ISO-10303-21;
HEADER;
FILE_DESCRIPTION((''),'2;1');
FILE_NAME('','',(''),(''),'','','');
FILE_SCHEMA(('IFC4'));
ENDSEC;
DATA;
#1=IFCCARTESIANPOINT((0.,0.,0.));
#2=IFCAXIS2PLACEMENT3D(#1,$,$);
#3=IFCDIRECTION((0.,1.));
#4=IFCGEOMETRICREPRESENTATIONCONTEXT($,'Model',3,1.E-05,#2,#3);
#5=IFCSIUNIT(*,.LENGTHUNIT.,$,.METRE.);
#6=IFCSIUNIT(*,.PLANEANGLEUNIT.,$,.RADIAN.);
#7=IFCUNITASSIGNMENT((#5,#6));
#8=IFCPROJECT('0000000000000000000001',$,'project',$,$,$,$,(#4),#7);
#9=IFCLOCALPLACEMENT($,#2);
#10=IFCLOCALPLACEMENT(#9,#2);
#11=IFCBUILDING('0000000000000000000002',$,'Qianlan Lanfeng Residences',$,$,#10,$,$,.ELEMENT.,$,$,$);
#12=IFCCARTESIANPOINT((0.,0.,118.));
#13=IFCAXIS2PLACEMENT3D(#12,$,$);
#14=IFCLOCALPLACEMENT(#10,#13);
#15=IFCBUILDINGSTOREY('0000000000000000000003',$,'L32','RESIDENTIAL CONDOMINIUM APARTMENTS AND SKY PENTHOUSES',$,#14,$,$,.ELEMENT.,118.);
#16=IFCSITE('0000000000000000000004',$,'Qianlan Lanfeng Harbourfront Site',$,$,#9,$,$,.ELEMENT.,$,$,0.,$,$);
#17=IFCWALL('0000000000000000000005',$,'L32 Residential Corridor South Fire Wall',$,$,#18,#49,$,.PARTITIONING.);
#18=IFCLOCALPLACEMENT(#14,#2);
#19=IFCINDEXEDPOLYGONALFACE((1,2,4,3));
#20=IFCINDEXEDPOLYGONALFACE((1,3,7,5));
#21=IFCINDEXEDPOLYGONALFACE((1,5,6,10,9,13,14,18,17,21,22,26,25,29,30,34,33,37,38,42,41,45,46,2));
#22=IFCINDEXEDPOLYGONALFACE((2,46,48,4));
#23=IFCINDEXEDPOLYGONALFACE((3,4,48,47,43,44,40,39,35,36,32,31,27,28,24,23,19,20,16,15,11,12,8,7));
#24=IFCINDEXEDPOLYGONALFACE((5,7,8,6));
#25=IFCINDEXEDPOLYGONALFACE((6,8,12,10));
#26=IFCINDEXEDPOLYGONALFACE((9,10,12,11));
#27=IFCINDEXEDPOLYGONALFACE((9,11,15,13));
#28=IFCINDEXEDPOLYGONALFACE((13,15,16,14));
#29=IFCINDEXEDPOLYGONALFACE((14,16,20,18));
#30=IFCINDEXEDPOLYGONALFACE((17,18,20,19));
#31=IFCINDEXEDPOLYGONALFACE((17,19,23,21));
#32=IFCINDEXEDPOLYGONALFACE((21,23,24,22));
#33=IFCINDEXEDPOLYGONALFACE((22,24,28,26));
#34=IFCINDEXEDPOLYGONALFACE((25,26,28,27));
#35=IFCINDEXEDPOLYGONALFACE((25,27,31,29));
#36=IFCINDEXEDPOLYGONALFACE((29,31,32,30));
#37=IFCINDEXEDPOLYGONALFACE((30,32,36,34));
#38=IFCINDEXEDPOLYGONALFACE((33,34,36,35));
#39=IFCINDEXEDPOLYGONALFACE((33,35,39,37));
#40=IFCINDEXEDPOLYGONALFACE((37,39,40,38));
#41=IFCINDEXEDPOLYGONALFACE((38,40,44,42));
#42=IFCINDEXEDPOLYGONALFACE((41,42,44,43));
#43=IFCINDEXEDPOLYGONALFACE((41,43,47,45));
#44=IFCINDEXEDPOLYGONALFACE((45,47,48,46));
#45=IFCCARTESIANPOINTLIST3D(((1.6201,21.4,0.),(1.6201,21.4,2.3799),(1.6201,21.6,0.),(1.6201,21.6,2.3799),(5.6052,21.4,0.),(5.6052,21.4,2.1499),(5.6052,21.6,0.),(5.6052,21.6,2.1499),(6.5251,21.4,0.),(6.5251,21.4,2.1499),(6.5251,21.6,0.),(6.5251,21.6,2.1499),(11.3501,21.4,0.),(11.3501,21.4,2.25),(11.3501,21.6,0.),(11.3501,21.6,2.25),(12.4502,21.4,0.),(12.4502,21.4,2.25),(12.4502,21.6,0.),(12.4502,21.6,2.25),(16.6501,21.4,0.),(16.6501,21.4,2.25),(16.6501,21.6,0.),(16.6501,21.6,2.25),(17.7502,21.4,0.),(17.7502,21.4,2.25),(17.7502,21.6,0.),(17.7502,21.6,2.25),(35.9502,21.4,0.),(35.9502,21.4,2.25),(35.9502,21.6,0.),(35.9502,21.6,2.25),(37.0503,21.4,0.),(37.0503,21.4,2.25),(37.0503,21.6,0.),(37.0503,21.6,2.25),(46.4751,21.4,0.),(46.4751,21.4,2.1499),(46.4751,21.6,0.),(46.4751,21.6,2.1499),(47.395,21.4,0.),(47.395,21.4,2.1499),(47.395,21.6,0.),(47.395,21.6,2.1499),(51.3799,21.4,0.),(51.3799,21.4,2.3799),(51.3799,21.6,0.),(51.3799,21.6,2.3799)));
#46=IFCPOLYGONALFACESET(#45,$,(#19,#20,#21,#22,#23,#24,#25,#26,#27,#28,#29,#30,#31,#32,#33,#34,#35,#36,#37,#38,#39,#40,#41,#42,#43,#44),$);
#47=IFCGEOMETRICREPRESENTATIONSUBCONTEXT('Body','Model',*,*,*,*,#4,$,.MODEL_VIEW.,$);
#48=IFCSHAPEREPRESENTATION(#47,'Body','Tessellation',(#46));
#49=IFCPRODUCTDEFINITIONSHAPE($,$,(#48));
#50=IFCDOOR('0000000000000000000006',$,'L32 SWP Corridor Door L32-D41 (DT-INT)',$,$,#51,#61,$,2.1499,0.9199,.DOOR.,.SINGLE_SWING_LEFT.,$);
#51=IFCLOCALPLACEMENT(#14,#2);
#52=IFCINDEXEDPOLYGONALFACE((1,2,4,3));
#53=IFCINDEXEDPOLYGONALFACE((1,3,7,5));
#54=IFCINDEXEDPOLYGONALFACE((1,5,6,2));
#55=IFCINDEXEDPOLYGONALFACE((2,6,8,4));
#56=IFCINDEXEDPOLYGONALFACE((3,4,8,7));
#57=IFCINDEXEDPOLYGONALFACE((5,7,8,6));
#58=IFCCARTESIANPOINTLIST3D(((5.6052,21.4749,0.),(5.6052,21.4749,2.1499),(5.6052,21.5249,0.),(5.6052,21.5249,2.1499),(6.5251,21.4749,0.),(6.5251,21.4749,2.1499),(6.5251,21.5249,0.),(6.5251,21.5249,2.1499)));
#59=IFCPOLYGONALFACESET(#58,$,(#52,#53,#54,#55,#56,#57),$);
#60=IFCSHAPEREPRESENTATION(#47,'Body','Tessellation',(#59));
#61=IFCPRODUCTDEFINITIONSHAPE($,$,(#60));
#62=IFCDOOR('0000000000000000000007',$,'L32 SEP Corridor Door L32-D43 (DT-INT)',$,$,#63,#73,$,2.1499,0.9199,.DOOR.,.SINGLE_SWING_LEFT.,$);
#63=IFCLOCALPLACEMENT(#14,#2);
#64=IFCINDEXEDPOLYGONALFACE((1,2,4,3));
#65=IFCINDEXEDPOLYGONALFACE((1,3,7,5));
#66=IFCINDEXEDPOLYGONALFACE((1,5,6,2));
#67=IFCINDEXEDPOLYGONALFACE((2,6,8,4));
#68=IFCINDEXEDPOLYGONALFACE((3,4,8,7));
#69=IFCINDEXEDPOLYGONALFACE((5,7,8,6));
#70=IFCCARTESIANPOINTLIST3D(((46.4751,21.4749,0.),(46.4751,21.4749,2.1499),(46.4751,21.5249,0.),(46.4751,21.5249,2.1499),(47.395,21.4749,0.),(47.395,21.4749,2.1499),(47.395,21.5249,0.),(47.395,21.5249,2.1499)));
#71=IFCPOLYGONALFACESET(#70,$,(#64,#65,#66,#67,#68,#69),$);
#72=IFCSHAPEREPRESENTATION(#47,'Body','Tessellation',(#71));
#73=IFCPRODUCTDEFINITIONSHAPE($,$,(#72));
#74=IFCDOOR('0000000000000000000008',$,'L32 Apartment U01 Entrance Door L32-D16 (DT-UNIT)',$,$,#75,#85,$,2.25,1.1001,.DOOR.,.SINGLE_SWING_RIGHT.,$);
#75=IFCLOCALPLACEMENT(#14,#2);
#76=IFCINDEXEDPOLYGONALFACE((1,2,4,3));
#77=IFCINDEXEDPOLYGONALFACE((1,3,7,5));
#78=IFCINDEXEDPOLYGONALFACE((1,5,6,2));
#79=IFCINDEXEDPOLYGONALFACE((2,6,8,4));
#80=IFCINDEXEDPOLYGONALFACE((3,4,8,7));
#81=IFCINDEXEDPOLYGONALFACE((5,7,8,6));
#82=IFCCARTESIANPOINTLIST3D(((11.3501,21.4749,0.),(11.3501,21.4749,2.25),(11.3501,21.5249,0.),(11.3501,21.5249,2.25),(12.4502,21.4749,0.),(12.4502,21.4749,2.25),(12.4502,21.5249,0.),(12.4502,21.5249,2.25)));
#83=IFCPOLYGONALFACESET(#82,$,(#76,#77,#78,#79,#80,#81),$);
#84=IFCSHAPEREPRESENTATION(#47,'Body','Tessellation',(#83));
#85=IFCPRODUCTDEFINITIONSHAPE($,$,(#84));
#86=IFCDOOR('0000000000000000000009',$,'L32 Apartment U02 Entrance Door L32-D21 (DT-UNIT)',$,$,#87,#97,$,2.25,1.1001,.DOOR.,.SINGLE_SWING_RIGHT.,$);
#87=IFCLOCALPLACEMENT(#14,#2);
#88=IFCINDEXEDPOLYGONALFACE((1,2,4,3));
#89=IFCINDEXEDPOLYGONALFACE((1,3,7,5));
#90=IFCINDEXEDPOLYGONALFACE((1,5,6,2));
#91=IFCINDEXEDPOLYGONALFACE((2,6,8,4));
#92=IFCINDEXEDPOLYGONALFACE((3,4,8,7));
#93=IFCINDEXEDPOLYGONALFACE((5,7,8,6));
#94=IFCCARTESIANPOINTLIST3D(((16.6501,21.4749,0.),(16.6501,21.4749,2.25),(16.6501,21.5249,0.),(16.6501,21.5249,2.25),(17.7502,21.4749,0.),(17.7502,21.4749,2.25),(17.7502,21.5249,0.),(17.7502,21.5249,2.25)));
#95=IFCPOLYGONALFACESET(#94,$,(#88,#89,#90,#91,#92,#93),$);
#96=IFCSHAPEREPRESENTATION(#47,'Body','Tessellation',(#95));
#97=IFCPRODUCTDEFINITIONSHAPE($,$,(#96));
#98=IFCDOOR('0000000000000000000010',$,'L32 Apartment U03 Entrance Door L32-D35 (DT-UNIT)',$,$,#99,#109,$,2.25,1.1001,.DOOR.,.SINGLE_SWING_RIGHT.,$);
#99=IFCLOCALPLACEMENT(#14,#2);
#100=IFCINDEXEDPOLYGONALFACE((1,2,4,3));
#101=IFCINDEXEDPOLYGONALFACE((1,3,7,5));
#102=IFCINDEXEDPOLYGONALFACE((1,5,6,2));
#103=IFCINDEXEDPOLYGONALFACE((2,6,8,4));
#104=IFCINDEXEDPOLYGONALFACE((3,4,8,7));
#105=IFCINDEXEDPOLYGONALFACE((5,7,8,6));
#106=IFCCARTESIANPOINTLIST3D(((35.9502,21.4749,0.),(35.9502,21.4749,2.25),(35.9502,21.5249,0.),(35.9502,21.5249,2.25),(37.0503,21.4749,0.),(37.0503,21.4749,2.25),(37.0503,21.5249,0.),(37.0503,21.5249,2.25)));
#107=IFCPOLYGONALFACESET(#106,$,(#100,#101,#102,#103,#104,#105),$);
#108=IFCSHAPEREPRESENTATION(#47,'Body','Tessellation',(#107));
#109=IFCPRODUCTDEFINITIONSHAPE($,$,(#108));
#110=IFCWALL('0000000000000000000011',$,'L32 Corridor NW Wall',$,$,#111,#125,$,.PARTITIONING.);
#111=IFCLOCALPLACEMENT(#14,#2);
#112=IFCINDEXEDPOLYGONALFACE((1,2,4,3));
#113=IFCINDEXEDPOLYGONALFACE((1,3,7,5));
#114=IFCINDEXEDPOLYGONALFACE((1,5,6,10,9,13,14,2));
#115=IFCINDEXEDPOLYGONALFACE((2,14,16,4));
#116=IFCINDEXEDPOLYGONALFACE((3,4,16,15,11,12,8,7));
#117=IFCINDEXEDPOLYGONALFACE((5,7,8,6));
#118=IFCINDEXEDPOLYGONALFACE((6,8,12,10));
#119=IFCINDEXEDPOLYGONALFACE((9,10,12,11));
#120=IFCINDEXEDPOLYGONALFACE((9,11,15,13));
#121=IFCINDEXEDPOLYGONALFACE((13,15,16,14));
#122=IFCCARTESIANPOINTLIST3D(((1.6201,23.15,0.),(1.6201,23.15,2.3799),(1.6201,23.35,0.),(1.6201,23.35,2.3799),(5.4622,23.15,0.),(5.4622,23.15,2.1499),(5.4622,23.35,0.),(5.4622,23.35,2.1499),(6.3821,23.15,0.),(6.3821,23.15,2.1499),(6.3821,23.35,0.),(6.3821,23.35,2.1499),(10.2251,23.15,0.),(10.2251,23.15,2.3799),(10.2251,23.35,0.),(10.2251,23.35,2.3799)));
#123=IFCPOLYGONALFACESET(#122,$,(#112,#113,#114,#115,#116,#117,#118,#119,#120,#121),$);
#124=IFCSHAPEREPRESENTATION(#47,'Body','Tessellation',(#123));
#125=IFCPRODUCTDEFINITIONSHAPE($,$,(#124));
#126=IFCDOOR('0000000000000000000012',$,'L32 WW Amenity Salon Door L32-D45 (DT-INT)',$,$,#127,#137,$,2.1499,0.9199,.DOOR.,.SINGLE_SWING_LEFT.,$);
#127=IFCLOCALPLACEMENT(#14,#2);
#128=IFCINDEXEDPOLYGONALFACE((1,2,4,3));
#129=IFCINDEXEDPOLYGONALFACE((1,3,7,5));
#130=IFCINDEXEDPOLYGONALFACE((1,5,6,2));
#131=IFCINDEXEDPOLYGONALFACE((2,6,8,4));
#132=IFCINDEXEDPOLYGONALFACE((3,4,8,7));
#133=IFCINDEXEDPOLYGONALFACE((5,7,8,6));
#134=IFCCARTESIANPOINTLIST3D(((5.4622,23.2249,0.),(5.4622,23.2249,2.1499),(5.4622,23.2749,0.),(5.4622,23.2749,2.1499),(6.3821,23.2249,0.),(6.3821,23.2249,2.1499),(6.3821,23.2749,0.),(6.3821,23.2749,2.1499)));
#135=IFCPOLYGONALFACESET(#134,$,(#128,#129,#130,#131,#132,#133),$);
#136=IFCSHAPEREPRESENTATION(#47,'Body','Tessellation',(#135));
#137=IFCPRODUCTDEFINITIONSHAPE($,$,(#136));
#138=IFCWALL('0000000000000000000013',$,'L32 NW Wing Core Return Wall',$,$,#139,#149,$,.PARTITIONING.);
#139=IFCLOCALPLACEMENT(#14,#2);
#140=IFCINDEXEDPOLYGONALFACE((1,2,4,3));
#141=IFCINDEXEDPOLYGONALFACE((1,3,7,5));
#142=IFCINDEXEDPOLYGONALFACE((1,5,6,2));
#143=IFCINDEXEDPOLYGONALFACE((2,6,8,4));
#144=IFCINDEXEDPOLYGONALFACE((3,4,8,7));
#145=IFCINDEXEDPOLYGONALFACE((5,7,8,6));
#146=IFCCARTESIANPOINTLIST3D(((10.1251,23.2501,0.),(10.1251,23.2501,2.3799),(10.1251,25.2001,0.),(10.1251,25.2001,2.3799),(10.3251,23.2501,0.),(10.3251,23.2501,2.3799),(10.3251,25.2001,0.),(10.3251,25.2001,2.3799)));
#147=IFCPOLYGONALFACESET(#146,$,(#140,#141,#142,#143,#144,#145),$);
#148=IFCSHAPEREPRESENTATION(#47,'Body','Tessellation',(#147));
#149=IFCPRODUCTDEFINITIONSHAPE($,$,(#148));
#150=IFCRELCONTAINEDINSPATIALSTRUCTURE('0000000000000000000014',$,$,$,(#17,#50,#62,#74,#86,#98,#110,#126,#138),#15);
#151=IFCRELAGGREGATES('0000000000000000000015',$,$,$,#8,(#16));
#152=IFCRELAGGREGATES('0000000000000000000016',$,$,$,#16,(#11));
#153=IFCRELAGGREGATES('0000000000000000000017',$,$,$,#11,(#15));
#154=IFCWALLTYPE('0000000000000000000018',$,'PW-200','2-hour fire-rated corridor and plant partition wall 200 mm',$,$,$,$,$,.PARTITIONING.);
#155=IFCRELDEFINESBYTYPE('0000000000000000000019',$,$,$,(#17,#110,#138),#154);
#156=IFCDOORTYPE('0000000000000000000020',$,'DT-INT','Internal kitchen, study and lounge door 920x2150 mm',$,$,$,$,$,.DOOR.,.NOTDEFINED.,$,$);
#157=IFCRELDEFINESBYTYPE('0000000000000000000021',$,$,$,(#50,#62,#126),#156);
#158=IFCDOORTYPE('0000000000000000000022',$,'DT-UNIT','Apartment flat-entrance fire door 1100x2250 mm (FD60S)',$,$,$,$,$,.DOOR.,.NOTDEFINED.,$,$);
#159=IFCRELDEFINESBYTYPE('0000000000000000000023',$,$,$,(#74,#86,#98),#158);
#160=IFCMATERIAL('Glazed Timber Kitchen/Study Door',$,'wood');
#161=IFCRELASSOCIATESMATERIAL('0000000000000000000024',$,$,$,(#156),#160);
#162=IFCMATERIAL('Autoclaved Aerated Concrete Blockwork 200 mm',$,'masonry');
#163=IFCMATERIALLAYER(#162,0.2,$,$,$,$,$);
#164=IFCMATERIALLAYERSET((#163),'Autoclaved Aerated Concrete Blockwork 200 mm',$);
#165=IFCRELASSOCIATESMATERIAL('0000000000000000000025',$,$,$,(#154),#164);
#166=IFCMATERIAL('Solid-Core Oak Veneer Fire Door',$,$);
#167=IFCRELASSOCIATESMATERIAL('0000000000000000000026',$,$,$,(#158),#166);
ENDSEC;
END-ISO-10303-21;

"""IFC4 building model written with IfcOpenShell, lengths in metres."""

from ifc_helpers import new_model, si_unit, direction, frame, frame_2d, origin, place, context, subcontext, project, spatial, rectangle, extrude, material, layer, layer_set, type_object, element, fill, save


model = new_model("IFC4")

# Units and contexts
model_context = context("Model", 3, precision=1e-05, world=origin(), true_north=direction((0.0, 1.0)))
body_context = subcontext(model_context, "Body", "Model", "MODEL_VIEW")
ifc_project = project(units=[si_unit("LENGTHUNIT", "METRE"), si_unit("PLANEANGLEUNIT", "RADIAN")], contexts=[model_context])

# Site, building, storey
site_placement = place(None, origin())
site = spatial("IfcSite", under=ifc_project, at=site_placement, Name="Qianlan Lanfeng Harbourfront Site", CompositionType="ELEMENT", RefElevation=0.0)
building_placement = place(site_placement, origin())
building = spatial("IfcBuilding", under=site, at=building_placement, Name="Qianlan Lanfeng Residences", CompositionType="ELEMENT")
storey_placement = place(building_placement, frame((0.0, 0.0, 118.0)))
storey = spatial("IfcBuildingStorey", under=building, at=storey_placement, Name="L32", Description="RESIDENTIAL CONDOMINIUM APARTMENTS AND SKY PENTHOUSES", CompositionType="ELEMENT", Elevation=118.0)

# Shared definitions
ifc_material_1 = material(Name="Glazed Timber Kitchen/Study Door", Category="wood")
door_type_1 = type_object("IfcDoorType", Name="DT-INT", Description="Internal kitchen, study and lounge door 920x2150 mm", OperationType="NOTDEFINED", PredefinedType="DOOR", material=ifc_material_1)

# Wall, openings, doors
ifc_material_2 = material(Name="Autoclaved Aerated Concrete Blockwork 200 mm", Category="masonry")
ifc_layer_1 = layer(ifc_material_2, 0.2)
ifc_layer_set_1 = layer_set([ifc_layer_1], Name="Autoclaved Aerated Concrete Blockwork 200 mm")
wall_type_1 = type_object("IfcWallType", Name="PW-200", Description="2-hour fire-rated corridor and plant partition wall 200 mm", PredefinedType="PARTITIONING", material=ifc_layer_set_1)
wall_1_placement = place(storey_placement, frame((1.6201, 21.5, 0.0), z_axis=(0.0, 0.0, 1.0), x_axis=(1.0, 0.0, 0.0)))
wall_1 = element("IfcWall", 1, at=wall_1_placement, inside=storey, type_object=wall_type_1, Name="L32 Residential Corridor South Fire Wall", PredefinedType="PARTITIONING", context=body_context, shape_type="SweptSolid", body=[
    extrude(rectangle(XDim=49.7598, YDim=0.2, at=frame_2d((24.8799, 0.0))), origin(), (0.0, 0.0, 1.0), 2.3799),
])
opening_1_placement = place(wall_1_placement, frame((9.73, 0.0, 0.0)))
opening_1 = element("IfcOpeningElement", 2, at=opening_1_placement, cuts=wall_1, PredefinedType="OPENING", context=body_context, shape_type="SweptSolid", body=[
    extrude(rectangle(XDim=1.1001, YDim=2.25, at=frame_2d((0.55, 1.125))), frame((0.0, 0.1099, 0.0), z_axis=(0.0, -1.0, 0.0), x_axis=(1.0, 0.0, 0.0)), (0.0, 0.0, 1.0), 0.22),
])
opening_2_placement = place(wall_1_placement, frame((15.03, 0.0, 0.0)))
opening_2 = element("IfcOpeningElement", 3, at=opening_2_placement, cuts=wall_1, PredefinedType="OPENING", context=body_context, shape_type="SweptSolid", body=[
    extrude(rectangle(XDim=1.1001, YDim=2.25, at=frame_2d((0.55, 1.125))), frame((0.0, 0.1099, 0.0), z_axis=(0.0, -1.0, 0.0), x_axis=(1.0, 0.0, 0.0)), (0.0, 0.0, 1.0), 0.22),
])
opening_3_placement = place(wall_1_placement, frame((34.3301, 0.0, 0.0)))
opening_3 = element("IfcOpeningElement", 4, at=opening_3_placement, cuts=wall_1, PredefinedType="OPENING", context=body_context, shape_type="SweptSolid", body=[
    extrude(rectangle(XDim=1.1001, YDim=2.25, at=frame_2d((0.55, 1.125))), frame((0.0, 0.1099, 0.0), z_axis=(0.0, -1.0, 0.0), x_axis=(1.0, 0.0, 0.0)), (0.0, 0.0, 1.0), 0.22),
])
opening_4_placement = place(wall_1_placement, frame((3.9851, 0.0, 0.0)))
opening_4 = element("IfcOpeningElement", 5, at=opening_4_placement, cuts=wall_1, PredefinedType="OPENING", context=body_context, shape_type="SweptSolid", body=[
    extrude(rectangle(XDim=0.9199, YDim=2.1499, at=frame_2d((0.46, 1.075))), frame((0.0, 0.1099, 0.0), z_axis=(0.0, -1.0, 0.0), x_axis=(1.0, 0.0, 0.0)), (0.0, 0.0, 1.0), 0.22),
])
opening_5_placement = place(wall_1_placement, frame((44.855, 0.0, 0.0)))
opening_5 = element("IfcOpeningElement", 6, at=opening_5_placement, cuts=wall_1, PredefinedType="OPENING", context=body_context, shape_type="SweptSolid", body=[
    extrude(rectangle(XDim=0.9199, YDim=2.1499, at=frame_2d((0.46, 1.075))), frame((0.0, 0.1099, 0.0), z_axis=(0.0, -1.0, 0.0), x_axis=(1.0, 0.0, 0.0)), (0.0, 0.0, 1.0), 0.22),
])
door_1_placement = place(opening_4_placement, origin())
door_1 = element("IfcDoor", 7, at=door_1_placement, inside=storey, type_object=door_type_1, Name="L32 SWP Corridor Door L32-D41 (DT-INT)", OperationType="SINGLE_SWING_LEFT", OverallHeight=2.1499, OverallWidth=0.9199, PredefinedType="DOOR", context=body_context, shape_type="SweptSolid", body=[
    extrude(rectangle(XDim=0.9199, YDim=2.1499, at=frame_2d((0.46, 1.075))), frame((0.0, 0.0249, 0.0), z_axis=(0.0, -1.0, 0.0), x_axis=(1.0, 0.0, 0.0)), (0.0, 0.0, 1.0), 0.05),
])
fill(opening_4, door_1)
door_2_placement = place(opening_5_placement, origin())
door_2 = element("IfcDoor", 8, at=door_2_placement, inside=storey, type_object=door_type_1, Name="L32 SEP Corridor Door L32-D43 (DT-INT)", OperationType="SINGLE_SWING_LEFT", OverallHeight=2.1499, OverallWidth=0.9199, PredefinedType="DOOR", context=body_context, shape_type="SweptSolid", body=[
    extrude(rectangle(XDim=0.9199, YDim=2.1499, at=frame_2d((0.46, 1.075))), frame((0.0, 0.0249, 0.0), z_axis=(0.0, -1.0, 0.0), x_axis=(1.0, 0.0, 0.0)), (0.0, 0.0, 1.0), 0.05),
])
fill(opening_5, door_2)
ifc_material_3 = material(Name="Solid-Core Oak Veneer Fire Door")
door_type_2 = type_object("IfcDoorType", Name="DT-UNIT", Description="Apartment flat-entrance fire door 1100x2250 mm (FD60S)", OperationType="NOTDEFINED", PredefinedType="DOOR", material=ifc_material_3)
door_3_placement = place(opening_1_placement, origin())
door_3 = element("IfcDoor", 9, at=door_3_placement, inside=storey, type_object=door_type_2, Name="L32 Apartment U01 Entrance Door L32-D16 (DT-UNIT)", OperationType="SINGLE_SWING_RIGHT", OverallHeight=2.25, OverallWidth=1.1001, PredefinedType="DOOR", context=body_context, shape_type="SweptSolid", body=[
    extrude(rectangle(XDim=1.1001, YDim=2.25, at=frame_2d((0.55, 1.125))), frame((0.0, 0.0249, 0.0), z_axis=(0.0, -1.0, 0.0), x_axis=(1.0, 0.0, 0.0)), (0.0, 0.0, 1.0), 0.05),
])
fill(opening_1, door_3)
door_4_placement = place(opening_2_placement, origin())
door_4 = element("IfcDoor", 10, at=door_4_placement, inside=storey, type_object=door_type_2, Name="L32 Apartment U02 Entrance Door L32-D21 (DT-UNIT)", OperationType="SINGLE_SWING_RIGHT", OverallHeight=2.25, OverallWidth=1.1001, PredefinedType="DOOR", context=body_context, shape_type="SweptSolid", body=[
    extrude(rectangle(XDim=1.1001, YDim=2.25, at=frame_2d((0.55, 1.125))), frame((0.0, 0.0249, 0.0), z_axis=(0.0, -1.0, 0.0), x_axis=(1.0, 0.0, 0.0)), (0.0, 0.0, 1.0), 0.05),
])
fill(opening_2, door_4)
door_5_placement = place(opening_3_placement, origin())
door_5 = element("IfcDoor", 11, at=door_5_placement, inside=storey, type_object=door_type_2, Name="L32 Apartment U03 Entrance Door L32-D35 (DT-UNIT)", OperationType="SINGLE_SWING_RIGHT", OverallHeight=2.25, OverallWidth=1.1001, PredefinedType="DOOR", context=body_context, shape_type="SweptSolid", body=[
    extrude(rectangle(XDim=1.1001, YDim=2.25, at=frame_2d((0.55, 1.125))), frame((0.0, 0.0249, 0.0), z_axis=(0.0, -1.0, 0.0), x_axis=(1.0, 0.0, 0.0)), (0.0, 0.0, 1.0), 0.05),
])
fill(opening_3, door_5)

# Wall, opening, door
wall_2_placement = place(storey_placement, frame((1.6201, 23.25, 0.0), z_axis=(0.0, 0.0, 1.0), x_axis=(1.0, 0.0, 0.0)))
wall_2 = element("IfcWall", 12, at=wall_2_placement, inside=storey, type_object=wall_type_1, Name="L32 Corridor NW Wall", PredefinedType="PARTITIONING", context=body_context, shape_type="SweptSolid", body=[
    extrude(rectangle(XDim=8.605, YDim=0.2, at=frame_2d((4.3025, 0.0))), origin(), (0.0, 0.0, 1.0), 2.3799),
])
opening_6_placement = place(wall_2_placement, frame((3.842, 0.0, 0.0)))
opening_6 = element("IfcOpeningElement", 13, at=opening_6_placement, cuts=wall_2, PredefinedType="OPENING", context=body_context, shape_type="SweptSolid", body=[
    extrude(rectangle(XDim=0.9199, YDim=2.1499, at=frame_2d((0.46, 1.075))), frame((0.0, 0.1099, 0.0), z_axis=(0.0, -1.0, 0.0), x_axis=(1.0, 0.0, 0.0)), (0.0, 0.0, 1.0), 0.22),
])
door_6_placement = place(opening_6_placement, origin())
door_6 = element("IfcDoor", 14, at=door_6_placement, inside=storey, type_object=door_type_1, Name="L32 WW Amenity Salon Door L32-D45 (DT-INT)", OperationType="SINGLE_SWING_LEFT", OverallHeight=2.1499, OverallWidth=0.9199, PredefinedType="DOOR", context=body_context, shape_type="SweptSolid", body=[
    extrude(rectangle(XDim=0.9199, YDim=2.1499, at=frame_2d((0.46, 1.075))), frame((0.0, 0.0249, 0.0), z_axis=(0.0, -1.0, 0.0), x_axis=(1.0, 0.0, 0.0)), (0.0, 0.0, 1.0), 0.05),
])
fill(opening_6, door_6)

# Wall
wall_3_placement = place(storey_placement, frame((10.2251, 23.25, 0.0), z_axis=(0.0, 0.0, 1.0), x_axis=(0.0, 1.0, 0.0)))
element("IfcWall", 15, at=wall_3_placement, inside=storey, type_object=wall_type_1, Name="L32 NW Wing Core Return Wall", PredefinedType="PARTITIONING", context=body_context, shape_type="SweptSolid", body=[
    extrude(rectangle(XDim=1.95, YDim=0.2, at=frame_2d((0.9751, 0.0))), origin(), (0.0, 0.0, 1.0), 2.3799),
])

save(model, "model.ifc")
